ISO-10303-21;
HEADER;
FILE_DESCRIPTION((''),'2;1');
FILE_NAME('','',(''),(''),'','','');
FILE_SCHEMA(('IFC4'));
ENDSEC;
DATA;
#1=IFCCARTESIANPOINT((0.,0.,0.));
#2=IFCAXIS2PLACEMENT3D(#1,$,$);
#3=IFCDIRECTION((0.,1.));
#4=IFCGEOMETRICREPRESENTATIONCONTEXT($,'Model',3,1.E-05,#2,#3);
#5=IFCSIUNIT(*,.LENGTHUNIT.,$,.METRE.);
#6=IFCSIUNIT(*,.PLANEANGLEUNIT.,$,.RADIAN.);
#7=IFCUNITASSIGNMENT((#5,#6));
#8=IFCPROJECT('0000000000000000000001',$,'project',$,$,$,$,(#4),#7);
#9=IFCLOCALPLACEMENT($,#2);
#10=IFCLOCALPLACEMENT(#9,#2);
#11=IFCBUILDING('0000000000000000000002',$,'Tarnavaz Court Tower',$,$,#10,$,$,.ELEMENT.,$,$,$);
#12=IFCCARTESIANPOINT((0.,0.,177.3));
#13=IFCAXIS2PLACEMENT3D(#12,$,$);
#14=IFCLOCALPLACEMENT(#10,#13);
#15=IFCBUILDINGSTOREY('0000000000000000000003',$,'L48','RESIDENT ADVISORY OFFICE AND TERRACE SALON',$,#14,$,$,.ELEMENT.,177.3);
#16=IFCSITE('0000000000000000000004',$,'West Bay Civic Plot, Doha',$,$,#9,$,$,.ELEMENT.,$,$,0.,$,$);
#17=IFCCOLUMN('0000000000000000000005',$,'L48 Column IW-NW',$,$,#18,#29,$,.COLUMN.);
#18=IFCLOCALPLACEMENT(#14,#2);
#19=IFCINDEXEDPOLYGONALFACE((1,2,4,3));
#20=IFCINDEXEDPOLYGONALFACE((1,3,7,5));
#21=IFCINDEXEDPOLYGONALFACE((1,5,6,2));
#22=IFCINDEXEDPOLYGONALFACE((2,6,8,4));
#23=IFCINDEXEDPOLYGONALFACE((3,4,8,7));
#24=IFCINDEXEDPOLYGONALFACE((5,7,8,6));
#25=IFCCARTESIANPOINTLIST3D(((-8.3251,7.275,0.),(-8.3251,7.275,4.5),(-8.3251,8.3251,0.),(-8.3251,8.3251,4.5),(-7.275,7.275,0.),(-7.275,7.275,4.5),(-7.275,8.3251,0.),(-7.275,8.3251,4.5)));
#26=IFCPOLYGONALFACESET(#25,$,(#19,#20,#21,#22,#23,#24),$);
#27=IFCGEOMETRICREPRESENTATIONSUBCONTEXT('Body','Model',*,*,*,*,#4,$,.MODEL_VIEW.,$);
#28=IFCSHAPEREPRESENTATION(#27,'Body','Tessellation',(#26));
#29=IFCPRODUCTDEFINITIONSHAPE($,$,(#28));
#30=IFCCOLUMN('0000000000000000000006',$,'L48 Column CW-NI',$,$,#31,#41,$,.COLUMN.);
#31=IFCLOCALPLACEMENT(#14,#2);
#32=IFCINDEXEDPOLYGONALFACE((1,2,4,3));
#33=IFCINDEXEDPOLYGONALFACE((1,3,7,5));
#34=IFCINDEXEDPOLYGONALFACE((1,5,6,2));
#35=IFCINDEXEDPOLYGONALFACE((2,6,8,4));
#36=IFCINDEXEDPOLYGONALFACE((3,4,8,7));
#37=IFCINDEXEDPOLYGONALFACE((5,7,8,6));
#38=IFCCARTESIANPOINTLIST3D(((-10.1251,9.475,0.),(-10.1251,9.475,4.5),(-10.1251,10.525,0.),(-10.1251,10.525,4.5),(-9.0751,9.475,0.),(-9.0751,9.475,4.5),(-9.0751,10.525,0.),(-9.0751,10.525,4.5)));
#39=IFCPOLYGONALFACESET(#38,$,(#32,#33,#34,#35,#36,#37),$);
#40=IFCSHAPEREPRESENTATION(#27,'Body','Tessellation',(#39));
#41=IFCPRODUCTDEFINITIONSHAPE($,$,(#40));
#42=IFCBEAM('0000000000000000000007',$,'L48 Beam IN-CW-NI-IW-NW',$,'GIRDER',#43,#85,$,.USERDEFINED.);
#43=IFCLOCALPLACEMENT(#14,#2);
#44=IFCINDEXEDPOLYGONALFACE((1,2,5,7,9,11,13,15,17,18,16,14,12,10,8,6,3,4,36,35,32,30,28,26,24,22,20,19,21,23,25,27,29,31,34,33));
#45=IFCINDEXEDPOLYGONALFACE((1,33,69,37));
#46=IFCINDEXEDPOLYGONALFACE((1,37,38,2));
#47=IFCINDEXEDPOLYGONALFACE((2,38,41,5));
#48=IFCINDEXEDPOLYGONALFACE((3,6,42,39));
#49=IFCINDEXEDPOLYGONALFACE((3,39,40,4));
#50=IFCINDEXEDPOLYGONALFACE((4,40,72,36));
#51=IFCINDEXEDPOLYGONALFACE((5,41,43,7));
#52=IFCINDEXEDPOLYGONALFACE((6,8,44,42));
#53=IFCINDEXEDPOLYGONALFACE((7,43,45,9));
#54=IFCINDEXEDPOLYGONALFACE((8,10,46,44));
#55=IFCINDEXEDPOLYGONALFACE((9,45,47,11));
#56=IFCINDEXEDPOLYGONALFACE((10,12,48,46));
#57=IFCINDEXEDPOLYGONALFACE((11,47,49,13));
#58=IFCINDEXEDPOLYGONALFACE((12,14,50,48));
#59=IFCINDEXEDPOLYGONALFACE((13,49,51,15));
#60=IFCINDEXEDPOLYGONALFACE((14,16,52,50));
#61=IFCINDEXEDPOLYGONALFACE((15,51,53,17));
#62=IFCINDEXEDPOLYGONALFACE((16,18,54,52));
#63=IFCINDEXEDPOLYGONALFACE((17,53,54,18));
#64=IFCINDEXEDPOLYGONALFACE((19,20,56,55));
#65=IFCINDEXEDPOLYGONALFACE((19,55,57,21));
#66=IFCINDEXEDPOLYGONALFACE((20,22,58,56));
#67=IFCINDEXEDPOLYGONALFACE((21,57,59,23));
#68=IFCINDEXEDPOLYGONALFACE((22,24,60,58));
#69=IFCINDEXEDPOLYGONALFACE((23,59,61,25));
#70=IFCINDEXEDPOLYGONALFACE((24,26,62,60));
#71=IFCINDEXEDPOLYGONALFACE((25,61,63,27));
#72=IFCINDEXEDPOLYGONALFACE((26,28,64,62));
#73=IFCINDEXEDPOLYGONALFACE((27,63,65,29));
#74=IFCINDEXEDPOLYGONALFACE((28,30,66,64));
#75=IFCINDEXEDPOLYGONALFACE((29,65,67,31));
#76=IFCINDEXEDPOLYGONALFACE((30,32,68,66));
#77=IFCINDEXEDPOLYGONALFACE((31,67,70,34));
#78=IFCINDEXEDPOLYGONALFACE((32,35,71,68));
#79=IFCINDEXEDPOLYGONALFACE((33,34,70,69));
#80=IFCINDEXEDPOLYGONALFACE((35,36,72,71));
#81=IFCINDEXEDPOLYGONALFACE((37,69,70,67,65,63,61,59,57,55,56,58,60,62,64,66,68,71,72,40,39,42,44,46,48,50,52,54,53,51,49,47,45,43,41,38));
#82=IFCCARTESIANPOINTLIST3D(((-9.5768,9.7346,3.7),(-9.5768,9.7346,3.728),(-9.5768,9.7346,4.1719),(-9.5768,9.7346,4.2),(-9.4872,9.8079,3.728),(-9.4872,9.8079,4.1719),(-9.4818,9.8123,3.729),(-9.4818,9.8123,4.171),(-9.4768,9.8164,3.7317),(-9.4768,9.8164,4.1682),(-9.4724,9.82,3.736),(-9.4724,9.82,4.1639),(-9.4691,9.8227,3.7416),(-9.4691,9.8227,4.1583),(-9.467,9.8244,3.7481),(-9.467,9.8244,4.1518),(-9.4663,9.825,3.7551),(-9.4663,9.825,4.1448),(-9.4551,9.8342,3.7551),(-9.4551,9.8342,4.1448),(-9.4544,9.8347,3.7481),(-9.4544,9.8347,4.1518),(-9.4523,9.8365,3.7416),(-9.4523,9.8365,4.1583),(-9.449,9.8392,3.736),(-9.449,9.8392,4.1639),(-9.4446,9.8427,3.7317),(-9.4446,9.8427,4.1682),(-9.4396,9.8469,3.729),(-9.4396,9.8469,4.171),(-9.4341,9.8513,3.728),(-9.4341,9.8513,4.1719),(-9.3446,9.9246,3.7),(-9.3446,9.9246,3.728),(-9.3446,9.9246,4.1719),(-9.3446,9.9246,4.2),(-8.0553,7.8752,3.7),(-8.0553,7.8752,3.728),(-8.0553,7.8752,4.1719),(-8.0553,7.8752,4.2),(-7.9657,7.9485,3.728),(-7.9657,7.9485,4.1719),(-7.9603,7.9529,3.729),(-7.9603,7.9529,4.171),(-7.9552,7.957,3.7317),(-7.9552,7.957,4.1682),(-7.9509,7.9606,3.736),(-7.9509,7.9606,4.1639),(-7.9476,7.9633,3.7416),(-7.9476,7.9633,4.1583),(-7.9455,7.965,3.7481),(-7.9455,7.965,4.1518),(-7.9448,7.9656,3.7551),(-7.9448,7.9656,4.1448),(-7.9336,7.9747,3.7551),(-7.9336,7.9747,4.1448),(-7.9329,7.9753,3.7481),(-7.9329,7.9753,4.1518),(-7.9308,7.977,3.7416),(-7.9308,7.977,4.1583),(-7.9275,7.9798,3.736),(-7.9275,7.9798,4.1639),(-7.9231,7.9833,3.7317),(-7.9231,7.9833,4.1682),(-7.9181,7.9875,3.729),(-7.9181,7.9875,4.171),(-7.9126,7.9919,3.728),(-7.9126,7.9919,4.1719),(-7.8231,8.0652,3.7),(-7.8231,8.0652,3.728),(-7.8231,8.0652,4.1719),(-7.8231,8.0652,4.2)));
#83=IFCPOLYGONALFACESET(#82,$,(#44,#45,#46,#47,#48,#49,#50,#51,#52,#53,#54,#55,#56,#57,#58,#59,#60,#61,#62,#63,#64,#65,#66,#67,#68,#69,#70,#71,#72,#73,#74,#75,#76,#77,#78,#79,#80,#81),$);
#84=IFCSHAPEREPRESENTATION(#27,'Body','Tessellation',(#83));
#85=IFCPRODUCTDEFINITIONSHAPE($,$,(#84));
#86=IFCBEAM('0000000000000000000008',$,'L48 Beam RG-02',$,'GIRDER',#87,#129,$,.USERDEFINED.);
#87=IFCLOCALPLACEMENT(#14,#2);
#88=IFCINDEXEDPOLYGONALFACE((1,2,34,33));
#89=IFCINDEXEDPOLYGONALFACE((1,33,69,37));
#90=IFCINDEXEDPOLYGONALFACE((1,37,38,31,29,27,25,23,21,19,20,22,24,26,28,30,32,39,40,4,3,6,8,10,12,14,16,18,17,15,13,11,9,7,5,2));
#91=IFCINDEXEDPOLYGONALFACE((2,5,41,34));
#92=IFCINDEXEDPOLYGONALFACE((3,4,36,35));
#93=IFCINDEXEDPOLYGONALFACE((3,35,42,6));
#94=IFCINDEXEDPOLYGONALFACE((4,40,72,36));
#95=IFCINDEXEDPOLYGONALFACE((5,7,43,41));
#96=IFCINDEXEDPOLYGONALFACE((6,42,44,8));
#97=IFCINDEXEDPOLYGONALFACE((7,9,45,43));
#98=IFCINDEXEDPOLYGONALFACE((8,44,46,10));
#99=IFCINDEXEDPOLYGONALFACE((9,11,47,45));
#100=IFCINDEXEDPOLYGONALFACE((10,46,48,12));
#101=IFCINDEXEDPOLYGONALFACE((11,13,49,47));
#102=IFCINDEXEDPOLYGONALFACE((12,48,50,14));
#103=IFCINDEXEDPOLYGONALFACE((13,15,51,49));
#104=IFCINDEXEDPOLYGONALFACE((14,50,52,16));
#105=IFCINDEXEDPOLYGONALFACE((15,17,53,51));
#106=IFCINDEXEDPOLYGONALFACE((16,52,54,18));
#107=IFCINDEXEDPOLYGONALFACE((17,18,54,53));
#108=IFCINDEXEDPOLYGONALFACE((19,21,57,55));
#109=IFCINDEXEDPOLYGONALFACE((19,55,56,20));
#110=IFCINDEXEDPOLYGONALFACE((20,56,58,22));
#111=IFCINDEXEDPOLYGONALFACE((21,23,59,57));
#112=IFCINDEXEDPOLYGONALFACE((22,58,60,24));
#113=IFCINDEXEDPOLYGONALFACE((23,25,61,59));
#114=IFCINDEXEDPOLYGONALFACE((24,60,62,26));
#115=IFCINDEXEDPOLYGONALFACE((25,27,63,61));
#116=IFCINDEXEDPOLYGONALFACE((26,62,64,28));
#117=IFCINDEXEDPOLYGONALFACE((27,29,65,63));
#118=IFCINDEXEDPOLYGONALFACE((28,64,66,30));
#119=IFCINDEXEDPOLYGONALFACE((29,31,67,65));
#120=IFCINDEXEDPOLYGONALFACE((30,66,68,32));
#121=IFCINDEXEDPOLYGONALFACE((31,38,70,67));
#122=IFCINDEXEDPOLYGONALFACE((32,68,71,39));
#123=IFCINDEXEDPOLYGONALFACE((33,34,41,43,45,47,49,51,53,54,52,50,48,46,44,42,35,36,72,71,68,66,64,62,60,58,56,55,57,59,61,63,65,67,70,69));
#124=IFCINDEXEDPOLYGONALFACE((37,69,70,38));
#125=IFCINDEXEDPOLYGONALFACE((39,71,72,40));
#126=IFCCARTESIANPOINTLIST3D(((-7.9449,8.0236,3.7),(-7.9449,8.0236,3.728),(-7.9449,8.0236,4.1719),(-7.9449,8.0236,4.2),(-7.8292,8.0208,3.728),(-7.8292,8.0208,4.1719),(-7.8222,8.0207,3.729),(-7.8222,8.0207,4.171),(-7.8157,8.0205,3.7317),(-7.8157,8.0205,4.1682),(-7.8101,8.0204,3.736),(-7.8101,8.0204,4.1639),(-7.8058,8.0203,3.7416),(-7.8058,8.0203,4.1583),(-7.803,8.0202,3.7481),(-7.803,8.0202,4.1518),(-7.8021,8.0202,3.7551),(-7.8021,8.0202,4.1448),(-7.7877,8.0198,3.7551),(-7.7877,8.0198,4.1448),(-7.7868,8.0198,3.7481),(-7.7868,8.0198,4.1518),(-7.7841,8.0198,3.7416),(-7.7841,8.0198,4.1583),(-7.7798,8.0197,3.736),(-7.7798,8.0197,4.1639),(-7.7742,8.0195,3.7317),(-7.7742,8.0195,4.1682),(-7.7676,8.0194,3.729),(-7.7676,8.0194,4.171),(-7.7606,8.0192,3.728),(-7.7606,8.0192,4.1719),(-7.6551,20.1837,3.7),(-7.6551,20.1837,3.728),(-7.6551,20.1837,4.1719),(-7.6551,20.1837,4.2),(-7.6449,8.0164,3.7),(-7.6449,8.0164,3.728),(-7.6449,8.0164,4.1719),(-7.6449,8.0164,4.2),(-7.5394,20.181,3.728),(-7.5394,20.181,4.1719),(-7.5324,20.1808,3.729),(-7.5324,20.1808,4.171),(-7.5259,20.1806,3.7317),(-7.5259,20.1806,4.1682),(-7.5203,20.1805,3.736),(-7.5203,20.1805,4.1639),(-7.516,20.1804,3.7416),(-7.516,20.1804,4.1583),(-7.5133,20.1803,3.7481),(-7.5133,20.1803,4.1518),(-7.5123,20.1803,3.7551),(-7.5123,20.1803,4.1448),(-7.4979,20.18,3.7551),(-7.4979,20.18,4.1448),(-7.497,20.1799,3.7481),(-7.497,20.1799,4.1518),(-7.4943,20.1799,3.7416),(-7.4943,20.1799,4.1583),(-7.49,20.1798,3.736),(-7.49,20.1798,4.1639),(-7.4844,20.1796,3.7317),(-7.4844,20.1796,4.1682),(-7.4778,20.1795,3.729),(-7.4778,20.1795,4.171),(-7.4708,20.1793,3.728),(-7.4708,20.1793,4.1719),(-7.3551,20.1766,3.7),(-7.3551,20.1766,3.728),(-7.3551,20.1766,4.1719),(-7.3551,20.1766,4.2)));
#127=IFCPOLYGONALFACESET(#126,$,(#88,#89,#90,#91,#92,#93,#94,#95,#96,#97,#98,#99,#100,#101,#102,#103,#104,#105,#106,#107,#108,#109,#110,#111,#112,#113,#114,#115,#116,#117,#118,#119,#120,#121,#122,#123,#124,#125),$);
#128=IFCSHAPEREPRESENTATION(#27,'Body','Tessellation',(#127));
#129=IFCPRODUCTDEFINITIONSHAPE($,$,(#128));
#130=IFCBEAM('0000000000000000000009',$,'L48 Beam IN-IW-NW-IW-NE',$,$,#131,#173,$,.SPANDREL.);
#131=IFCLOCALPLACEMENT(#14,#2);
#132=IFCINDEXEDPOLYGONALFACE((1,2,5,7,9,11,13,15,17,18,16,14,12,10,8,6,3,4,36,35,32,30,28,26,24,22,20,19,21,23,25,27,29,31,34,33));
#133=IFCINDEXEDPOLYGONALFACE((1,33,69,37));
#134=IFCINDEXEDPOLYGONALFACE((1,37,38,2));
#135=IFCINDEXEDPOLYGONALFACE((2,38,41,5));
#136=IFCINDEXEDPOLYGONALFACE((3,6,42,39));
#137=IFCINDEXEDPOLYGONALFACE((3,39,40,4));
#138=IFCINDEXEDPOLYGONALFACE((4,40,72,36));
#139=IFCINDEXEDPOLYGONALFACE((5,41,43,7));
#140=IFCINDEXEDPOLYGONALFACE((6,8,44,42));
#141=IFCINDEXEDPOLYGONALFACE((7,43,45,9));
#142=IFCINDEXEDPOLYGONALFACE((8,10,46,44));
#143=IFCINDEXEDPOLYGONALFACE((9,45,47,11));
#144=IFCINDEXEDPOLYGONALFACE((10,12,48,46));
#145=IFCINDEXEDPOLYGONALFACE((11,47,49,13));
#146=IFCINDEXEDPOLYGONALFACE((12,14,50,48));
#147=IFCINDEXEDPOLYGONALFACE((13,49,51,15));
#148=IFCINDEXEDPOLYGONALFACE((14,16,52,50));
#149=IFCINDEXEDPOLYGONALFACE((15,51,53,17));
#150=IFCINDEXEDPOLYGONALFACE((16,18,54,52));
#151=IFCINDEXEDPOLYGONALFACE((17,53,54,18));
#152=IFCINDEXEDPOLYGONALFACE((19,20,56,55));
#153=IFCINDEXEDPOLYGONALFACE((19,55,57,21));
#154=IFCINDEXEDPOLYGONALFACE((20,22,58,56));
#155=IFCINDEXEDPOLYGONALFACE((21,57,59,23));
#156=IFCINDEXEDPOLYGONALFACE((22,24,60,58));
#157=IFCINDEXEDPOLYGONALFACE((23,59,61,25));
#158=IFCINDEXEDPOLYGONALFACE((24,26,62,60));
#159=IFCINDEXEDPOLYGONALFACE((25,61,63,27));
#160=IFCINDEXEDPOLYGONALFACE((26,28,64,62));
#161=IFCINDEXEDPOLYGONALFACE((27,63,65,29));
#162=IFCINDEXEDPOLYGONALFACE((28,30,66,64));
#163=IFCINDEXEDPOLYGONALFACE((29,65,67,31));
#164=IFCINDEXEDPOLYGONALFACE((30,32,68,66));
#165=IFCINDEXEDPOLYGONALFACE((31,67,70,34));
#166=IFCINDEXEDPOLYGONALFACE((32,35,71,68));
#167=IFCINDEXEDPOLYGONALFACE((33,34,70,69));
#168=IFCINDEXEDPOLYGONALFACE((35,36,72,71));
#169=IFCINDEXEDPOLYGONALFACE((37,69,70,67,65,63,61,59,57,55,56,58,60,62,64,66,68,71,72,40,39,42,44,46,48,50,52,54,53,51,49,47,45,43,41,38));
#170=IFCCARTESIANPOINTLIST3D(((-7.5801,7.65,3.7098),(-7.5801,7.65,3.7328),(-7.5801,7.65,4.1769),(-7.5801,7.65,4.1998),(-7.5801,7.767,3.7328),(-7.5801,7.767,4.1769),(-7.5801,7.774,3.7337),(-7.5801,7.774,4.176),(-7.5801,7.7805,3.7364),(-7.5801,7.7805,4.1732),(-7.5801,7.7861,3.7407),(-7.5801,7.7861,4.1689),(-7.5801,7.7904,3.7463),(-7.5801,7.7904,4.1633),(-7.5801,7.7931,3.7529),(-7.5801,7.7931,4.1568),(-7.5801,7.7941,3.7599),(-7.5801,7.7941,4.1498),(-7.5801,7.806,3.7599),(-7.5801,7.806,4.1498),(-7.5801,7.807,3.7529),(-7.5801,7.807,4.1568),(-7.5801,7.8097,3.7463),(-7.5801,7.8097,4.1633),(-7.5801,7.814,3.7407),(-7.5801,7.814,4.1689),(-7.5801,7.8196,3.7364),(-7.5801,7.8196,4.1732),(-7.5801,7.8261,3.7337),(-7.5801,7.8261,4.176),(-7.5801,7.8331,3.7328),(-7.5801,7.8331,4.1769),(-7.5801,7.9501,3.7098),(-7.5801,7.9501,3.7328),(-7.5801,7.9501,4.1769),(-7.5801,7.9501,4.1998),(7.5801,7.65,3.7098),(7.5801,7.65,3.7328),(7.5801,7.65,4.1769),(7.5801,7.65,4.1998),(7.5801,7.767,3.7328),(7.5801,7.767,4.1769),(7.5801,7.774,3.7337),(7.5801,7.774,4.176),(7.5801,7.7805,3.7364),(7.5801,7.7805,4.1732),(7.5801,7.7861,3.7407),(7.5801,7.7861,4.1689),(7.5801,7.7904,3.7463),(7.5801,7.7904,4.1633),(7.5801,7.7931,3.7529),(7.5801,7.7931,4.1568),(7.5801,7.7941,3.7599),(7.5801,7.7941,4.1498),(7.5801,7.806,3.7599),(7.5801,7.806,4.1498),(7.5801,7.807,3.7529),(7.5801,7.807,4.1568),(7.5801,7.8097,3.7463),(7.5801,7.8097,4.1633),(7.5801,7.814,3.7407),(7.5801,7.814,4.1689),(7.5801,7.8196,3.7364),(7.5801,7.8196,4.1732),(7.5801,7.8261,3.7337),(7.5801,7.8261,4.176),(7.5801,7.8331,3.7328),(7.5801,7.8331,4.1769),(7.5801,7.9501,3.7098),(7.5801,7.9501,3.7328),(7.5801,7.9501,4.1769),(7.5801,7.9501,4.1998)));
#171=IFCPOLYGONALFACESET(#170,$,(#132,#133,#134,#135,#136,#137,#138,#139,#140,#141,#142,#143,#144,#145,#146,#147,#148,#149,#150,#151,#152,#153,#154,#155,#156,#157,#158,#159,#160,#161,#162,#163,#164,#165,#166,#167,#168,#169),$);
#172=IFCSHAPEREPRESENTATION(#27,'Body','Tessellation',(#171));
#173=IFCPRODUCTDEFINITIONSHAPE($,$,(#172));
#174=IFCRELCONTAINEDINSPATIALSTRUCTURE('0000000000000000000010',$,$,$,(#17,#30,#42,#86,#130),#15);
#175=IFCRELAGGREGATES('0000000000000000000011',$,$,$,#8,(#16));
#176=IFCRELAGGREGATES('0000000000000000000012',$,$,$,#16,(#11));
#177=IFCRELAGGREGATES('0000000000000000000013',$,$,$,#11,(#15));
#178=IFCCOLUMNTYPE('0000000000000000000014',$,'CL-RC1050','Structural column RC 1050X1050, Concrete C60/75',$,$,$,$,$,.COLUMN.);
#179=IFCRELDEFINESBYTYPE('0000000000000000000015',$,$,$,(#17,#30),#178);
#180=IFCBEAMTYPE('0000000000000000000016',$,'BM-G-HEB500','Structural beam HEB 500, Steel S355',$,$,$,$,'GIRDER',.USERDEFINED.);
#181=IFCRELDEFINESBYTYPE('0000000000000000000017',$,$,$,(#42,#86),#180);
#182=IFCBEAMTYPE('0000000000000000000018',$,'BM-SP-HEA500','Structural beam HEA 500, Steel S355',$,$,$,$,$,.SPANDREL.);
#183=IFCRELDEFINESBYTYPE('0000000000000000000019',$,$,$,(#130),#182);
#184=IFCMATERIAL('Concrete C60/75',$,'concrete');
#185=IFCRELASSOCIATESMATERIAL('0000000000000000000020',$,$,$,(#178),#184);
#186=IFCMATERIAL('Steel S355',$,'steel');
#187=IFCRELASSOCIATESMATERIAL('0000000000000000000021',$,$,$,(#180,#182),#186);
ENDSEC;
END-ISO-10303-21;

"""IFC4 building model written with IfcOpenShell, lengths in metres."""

from ifc_helpers import new_model, si_unit, direction, frame, origin, origin_2d, place, context, subcontext, project, spatial, rectangle, i_section, extrude, material, material_profile, profile_set, type_object, element, save


model = new_model("IFC4")

# Units and contexts
model_context = context("Model", 3, precision=1e-05, world=origin(), true_north=direction((0.0, 1.0)))
body_context = subcontext(model_context, "Body", "Model", "MODEL_VIEW")
ifc_project = project(units=[si_unit("LENGTHUNIT", "METRE"), si_unit("PLANEANGLEUNIT", "RADIAN")], contexts=[model_context])

# Site, building, storey
site_placement = place(None, origin())
site = spatial("IfcSite", under=ifc_project, at=site_placement, Name="West Bay Civic Plot, Doha", CompositionType="ELEMENT", RefElevation=0.0)
building_placement = place(site_placement, origin())
building = spatial("IfcBuilding", under=site, at=building_placement, Name="Tarnavaz Court Tower", CompositionType="ELEMENT")
storey_placement = place(building_placement, frame((0.0, 0.0, 177.3)))
storey = spatial("IfcBuildingStorey", under=building, at=storey_placement, Name="L48", Description="RESIDENT ADVISORY OFFICE AND TERRACE SALON", CompositionType="ELEMENT", Elevation=177.3)

# Columns
ifc_material_1 = material(Name="Concrete C60/75", Category="concrete")
ifc_material_profile_1 = material_profile(ifc_material_1, rectangle(XDim=1.05, YDim=1.05, at=origin_2d()), Name="RC 1050X1050")
ifc_profile_set_1 = profile_set([ifc_material_profile_1], Name="Concrete C60/75")
column_type = type_object("IfcColumnType", Name="CL-RC1050", Description="Structural column RC 1050X1050, Concrete C60/75", PredefinedType="COLUMN", material=ifc_profile_set_1)
for number, where, z_axis, x_axis, name in (
    (1, (-7.8, 7.8, 0.0), (0.0, 0.0, 1.0), (1.0, 0.0, 0.0), "L48 Column IW-NW"),
    (2, (-9.6001, 10.0, 0.0), (0.0, 0.0, 1.0), (1.0, 0.0, 0.0), "L48 Column CW-NI"),
):
    element("IfcColumn", number, at=place(storey_placement, frame(where, z_axis=z_axis, x_axis=x_axis)), inside=storey, type_object=column_type, Name=name, PredefinedType="COLUMN", context=body_context, shape_type="SweptSolid", body=[
        extrude(rectangle(XDim=1.05, YDim=1.05, at=origin_2d()), origin(), (0.0, 0.0, 1.0), 4.5),
    ])

# Beams
ifc_material_2 = material(Name="Steel S355", Category="steel")
ifc_material_profile_2 = material_profile(ifc_material_2, i_section(OverallWidth=0.3, OverallDepth=0.5, WebThickness=0.0144, FlangeThickness=0.0281, FilletRadius=0.0271, at=origin_2d()), Name="HEB 500")
ifc_profile_set_2 = profile_set([ifc_material_profile_2], Name="Steel S355")
beam_type_1 = type_object("IfcBeamType", Name="BM-G-HEB500", Description="Structural beam HEB 500, Steel S355", ElementType="GIRDER", PredefinedType="USERDEFINED", material=ifc_profile_set_2)
beam_1_placement = place(storey_placement, frame((-9.4607, 9.8296, 3.95), z_axis=(0.633282, -0.773921, 0.0), x_axis=(0.773921, 0.633282, 0.0)))
element("IfcBeam", 3, at=beam_1_placement, inside=storey, type_object=beam_type_1, Name="L48 Beam IN-CW-NI-IW-NW", ObjectType="GIRDER", PredefinedType="USERDEFINED", context=body_context, shape_type="SweptSolid", body=[
    extrude(i_section(OverallWidth=0.3, OverallDepth=0.5, WebThickness=0.0144, FlangeThickness=0.0281, FilletRadius=0.0271, at=origin_2d()), origin(), (0.0, 0.0, 1.0), 2.4026),
])
beam_2_placement = place(storey_placement, frame((-7.7949, 8.02, 3.95), z_axis=(0.023825, 0.999716, 0.0), x_axis=(-0.999716, 0.023825, 0.0)))
element("IfcBeam", 4, at=beam_2_placement, inside=storey, type_object=beam_type_1, Name="L48 Beam RG-02", ObjectType="GIRDER", PredefinedType="USERDEFINED", context=body_context, shape_type="SweptSolid", body=[
    extrude(i_section(OverallWidth=0.3, OverallDepth=0.5, WebThickness=0.0144, FlangeThickness=0.0281, FilletRadius=0.0271, at=origin_2d()), origin(), (0.0, 0.0, 1.0), 12.1636),
])
ifc_material_profile_3 = material_profile(ifc_material_2, i_section(OverallWidth=0.3, OverallDepth=0.49, WebThickness=0.012, FlangeThickness=0.0229, FilletRadius=0.0271, at=origin_2d()), Name="HEA 500")
ifc_profile_set_3 = profile_set([ifc_material_profile_3], Name="Steel S355")
beam_type_2 = type_object("IfcBeamType", Name="BM-SP-HEA500", Description="Structural beam HEA 500, Steel S355", PredefinedType="SPANDREL", material=ifc_profile_set_3)
beam_3_placement = place(storey_placement, frame((-7.5801, 7.8, 3.9548), z_axis=(1.0, 0.0, 0.0), x_axis=(0.0, 1.0, 0.0)))
element("IfcBeam", 5, at=beam_3_placement, inside=storey, type_object=beam_type_2, Name="L48 Beam IN-IW-NW-IW-NE", PredefinedType="SPANDREL", context=body_context, shape_type="SweptSolid", body=[
    extrude(i_section(OverallWidth=0.3, OverallDepth=0.49, WebThickness=0.012, FlangeThickness=0.0229, FilletRadius=0.0271, at=origin_2d()), origin(), (0.0, 0.0, 1.0), 15.1602),
])

save(model, "model.ifc")
